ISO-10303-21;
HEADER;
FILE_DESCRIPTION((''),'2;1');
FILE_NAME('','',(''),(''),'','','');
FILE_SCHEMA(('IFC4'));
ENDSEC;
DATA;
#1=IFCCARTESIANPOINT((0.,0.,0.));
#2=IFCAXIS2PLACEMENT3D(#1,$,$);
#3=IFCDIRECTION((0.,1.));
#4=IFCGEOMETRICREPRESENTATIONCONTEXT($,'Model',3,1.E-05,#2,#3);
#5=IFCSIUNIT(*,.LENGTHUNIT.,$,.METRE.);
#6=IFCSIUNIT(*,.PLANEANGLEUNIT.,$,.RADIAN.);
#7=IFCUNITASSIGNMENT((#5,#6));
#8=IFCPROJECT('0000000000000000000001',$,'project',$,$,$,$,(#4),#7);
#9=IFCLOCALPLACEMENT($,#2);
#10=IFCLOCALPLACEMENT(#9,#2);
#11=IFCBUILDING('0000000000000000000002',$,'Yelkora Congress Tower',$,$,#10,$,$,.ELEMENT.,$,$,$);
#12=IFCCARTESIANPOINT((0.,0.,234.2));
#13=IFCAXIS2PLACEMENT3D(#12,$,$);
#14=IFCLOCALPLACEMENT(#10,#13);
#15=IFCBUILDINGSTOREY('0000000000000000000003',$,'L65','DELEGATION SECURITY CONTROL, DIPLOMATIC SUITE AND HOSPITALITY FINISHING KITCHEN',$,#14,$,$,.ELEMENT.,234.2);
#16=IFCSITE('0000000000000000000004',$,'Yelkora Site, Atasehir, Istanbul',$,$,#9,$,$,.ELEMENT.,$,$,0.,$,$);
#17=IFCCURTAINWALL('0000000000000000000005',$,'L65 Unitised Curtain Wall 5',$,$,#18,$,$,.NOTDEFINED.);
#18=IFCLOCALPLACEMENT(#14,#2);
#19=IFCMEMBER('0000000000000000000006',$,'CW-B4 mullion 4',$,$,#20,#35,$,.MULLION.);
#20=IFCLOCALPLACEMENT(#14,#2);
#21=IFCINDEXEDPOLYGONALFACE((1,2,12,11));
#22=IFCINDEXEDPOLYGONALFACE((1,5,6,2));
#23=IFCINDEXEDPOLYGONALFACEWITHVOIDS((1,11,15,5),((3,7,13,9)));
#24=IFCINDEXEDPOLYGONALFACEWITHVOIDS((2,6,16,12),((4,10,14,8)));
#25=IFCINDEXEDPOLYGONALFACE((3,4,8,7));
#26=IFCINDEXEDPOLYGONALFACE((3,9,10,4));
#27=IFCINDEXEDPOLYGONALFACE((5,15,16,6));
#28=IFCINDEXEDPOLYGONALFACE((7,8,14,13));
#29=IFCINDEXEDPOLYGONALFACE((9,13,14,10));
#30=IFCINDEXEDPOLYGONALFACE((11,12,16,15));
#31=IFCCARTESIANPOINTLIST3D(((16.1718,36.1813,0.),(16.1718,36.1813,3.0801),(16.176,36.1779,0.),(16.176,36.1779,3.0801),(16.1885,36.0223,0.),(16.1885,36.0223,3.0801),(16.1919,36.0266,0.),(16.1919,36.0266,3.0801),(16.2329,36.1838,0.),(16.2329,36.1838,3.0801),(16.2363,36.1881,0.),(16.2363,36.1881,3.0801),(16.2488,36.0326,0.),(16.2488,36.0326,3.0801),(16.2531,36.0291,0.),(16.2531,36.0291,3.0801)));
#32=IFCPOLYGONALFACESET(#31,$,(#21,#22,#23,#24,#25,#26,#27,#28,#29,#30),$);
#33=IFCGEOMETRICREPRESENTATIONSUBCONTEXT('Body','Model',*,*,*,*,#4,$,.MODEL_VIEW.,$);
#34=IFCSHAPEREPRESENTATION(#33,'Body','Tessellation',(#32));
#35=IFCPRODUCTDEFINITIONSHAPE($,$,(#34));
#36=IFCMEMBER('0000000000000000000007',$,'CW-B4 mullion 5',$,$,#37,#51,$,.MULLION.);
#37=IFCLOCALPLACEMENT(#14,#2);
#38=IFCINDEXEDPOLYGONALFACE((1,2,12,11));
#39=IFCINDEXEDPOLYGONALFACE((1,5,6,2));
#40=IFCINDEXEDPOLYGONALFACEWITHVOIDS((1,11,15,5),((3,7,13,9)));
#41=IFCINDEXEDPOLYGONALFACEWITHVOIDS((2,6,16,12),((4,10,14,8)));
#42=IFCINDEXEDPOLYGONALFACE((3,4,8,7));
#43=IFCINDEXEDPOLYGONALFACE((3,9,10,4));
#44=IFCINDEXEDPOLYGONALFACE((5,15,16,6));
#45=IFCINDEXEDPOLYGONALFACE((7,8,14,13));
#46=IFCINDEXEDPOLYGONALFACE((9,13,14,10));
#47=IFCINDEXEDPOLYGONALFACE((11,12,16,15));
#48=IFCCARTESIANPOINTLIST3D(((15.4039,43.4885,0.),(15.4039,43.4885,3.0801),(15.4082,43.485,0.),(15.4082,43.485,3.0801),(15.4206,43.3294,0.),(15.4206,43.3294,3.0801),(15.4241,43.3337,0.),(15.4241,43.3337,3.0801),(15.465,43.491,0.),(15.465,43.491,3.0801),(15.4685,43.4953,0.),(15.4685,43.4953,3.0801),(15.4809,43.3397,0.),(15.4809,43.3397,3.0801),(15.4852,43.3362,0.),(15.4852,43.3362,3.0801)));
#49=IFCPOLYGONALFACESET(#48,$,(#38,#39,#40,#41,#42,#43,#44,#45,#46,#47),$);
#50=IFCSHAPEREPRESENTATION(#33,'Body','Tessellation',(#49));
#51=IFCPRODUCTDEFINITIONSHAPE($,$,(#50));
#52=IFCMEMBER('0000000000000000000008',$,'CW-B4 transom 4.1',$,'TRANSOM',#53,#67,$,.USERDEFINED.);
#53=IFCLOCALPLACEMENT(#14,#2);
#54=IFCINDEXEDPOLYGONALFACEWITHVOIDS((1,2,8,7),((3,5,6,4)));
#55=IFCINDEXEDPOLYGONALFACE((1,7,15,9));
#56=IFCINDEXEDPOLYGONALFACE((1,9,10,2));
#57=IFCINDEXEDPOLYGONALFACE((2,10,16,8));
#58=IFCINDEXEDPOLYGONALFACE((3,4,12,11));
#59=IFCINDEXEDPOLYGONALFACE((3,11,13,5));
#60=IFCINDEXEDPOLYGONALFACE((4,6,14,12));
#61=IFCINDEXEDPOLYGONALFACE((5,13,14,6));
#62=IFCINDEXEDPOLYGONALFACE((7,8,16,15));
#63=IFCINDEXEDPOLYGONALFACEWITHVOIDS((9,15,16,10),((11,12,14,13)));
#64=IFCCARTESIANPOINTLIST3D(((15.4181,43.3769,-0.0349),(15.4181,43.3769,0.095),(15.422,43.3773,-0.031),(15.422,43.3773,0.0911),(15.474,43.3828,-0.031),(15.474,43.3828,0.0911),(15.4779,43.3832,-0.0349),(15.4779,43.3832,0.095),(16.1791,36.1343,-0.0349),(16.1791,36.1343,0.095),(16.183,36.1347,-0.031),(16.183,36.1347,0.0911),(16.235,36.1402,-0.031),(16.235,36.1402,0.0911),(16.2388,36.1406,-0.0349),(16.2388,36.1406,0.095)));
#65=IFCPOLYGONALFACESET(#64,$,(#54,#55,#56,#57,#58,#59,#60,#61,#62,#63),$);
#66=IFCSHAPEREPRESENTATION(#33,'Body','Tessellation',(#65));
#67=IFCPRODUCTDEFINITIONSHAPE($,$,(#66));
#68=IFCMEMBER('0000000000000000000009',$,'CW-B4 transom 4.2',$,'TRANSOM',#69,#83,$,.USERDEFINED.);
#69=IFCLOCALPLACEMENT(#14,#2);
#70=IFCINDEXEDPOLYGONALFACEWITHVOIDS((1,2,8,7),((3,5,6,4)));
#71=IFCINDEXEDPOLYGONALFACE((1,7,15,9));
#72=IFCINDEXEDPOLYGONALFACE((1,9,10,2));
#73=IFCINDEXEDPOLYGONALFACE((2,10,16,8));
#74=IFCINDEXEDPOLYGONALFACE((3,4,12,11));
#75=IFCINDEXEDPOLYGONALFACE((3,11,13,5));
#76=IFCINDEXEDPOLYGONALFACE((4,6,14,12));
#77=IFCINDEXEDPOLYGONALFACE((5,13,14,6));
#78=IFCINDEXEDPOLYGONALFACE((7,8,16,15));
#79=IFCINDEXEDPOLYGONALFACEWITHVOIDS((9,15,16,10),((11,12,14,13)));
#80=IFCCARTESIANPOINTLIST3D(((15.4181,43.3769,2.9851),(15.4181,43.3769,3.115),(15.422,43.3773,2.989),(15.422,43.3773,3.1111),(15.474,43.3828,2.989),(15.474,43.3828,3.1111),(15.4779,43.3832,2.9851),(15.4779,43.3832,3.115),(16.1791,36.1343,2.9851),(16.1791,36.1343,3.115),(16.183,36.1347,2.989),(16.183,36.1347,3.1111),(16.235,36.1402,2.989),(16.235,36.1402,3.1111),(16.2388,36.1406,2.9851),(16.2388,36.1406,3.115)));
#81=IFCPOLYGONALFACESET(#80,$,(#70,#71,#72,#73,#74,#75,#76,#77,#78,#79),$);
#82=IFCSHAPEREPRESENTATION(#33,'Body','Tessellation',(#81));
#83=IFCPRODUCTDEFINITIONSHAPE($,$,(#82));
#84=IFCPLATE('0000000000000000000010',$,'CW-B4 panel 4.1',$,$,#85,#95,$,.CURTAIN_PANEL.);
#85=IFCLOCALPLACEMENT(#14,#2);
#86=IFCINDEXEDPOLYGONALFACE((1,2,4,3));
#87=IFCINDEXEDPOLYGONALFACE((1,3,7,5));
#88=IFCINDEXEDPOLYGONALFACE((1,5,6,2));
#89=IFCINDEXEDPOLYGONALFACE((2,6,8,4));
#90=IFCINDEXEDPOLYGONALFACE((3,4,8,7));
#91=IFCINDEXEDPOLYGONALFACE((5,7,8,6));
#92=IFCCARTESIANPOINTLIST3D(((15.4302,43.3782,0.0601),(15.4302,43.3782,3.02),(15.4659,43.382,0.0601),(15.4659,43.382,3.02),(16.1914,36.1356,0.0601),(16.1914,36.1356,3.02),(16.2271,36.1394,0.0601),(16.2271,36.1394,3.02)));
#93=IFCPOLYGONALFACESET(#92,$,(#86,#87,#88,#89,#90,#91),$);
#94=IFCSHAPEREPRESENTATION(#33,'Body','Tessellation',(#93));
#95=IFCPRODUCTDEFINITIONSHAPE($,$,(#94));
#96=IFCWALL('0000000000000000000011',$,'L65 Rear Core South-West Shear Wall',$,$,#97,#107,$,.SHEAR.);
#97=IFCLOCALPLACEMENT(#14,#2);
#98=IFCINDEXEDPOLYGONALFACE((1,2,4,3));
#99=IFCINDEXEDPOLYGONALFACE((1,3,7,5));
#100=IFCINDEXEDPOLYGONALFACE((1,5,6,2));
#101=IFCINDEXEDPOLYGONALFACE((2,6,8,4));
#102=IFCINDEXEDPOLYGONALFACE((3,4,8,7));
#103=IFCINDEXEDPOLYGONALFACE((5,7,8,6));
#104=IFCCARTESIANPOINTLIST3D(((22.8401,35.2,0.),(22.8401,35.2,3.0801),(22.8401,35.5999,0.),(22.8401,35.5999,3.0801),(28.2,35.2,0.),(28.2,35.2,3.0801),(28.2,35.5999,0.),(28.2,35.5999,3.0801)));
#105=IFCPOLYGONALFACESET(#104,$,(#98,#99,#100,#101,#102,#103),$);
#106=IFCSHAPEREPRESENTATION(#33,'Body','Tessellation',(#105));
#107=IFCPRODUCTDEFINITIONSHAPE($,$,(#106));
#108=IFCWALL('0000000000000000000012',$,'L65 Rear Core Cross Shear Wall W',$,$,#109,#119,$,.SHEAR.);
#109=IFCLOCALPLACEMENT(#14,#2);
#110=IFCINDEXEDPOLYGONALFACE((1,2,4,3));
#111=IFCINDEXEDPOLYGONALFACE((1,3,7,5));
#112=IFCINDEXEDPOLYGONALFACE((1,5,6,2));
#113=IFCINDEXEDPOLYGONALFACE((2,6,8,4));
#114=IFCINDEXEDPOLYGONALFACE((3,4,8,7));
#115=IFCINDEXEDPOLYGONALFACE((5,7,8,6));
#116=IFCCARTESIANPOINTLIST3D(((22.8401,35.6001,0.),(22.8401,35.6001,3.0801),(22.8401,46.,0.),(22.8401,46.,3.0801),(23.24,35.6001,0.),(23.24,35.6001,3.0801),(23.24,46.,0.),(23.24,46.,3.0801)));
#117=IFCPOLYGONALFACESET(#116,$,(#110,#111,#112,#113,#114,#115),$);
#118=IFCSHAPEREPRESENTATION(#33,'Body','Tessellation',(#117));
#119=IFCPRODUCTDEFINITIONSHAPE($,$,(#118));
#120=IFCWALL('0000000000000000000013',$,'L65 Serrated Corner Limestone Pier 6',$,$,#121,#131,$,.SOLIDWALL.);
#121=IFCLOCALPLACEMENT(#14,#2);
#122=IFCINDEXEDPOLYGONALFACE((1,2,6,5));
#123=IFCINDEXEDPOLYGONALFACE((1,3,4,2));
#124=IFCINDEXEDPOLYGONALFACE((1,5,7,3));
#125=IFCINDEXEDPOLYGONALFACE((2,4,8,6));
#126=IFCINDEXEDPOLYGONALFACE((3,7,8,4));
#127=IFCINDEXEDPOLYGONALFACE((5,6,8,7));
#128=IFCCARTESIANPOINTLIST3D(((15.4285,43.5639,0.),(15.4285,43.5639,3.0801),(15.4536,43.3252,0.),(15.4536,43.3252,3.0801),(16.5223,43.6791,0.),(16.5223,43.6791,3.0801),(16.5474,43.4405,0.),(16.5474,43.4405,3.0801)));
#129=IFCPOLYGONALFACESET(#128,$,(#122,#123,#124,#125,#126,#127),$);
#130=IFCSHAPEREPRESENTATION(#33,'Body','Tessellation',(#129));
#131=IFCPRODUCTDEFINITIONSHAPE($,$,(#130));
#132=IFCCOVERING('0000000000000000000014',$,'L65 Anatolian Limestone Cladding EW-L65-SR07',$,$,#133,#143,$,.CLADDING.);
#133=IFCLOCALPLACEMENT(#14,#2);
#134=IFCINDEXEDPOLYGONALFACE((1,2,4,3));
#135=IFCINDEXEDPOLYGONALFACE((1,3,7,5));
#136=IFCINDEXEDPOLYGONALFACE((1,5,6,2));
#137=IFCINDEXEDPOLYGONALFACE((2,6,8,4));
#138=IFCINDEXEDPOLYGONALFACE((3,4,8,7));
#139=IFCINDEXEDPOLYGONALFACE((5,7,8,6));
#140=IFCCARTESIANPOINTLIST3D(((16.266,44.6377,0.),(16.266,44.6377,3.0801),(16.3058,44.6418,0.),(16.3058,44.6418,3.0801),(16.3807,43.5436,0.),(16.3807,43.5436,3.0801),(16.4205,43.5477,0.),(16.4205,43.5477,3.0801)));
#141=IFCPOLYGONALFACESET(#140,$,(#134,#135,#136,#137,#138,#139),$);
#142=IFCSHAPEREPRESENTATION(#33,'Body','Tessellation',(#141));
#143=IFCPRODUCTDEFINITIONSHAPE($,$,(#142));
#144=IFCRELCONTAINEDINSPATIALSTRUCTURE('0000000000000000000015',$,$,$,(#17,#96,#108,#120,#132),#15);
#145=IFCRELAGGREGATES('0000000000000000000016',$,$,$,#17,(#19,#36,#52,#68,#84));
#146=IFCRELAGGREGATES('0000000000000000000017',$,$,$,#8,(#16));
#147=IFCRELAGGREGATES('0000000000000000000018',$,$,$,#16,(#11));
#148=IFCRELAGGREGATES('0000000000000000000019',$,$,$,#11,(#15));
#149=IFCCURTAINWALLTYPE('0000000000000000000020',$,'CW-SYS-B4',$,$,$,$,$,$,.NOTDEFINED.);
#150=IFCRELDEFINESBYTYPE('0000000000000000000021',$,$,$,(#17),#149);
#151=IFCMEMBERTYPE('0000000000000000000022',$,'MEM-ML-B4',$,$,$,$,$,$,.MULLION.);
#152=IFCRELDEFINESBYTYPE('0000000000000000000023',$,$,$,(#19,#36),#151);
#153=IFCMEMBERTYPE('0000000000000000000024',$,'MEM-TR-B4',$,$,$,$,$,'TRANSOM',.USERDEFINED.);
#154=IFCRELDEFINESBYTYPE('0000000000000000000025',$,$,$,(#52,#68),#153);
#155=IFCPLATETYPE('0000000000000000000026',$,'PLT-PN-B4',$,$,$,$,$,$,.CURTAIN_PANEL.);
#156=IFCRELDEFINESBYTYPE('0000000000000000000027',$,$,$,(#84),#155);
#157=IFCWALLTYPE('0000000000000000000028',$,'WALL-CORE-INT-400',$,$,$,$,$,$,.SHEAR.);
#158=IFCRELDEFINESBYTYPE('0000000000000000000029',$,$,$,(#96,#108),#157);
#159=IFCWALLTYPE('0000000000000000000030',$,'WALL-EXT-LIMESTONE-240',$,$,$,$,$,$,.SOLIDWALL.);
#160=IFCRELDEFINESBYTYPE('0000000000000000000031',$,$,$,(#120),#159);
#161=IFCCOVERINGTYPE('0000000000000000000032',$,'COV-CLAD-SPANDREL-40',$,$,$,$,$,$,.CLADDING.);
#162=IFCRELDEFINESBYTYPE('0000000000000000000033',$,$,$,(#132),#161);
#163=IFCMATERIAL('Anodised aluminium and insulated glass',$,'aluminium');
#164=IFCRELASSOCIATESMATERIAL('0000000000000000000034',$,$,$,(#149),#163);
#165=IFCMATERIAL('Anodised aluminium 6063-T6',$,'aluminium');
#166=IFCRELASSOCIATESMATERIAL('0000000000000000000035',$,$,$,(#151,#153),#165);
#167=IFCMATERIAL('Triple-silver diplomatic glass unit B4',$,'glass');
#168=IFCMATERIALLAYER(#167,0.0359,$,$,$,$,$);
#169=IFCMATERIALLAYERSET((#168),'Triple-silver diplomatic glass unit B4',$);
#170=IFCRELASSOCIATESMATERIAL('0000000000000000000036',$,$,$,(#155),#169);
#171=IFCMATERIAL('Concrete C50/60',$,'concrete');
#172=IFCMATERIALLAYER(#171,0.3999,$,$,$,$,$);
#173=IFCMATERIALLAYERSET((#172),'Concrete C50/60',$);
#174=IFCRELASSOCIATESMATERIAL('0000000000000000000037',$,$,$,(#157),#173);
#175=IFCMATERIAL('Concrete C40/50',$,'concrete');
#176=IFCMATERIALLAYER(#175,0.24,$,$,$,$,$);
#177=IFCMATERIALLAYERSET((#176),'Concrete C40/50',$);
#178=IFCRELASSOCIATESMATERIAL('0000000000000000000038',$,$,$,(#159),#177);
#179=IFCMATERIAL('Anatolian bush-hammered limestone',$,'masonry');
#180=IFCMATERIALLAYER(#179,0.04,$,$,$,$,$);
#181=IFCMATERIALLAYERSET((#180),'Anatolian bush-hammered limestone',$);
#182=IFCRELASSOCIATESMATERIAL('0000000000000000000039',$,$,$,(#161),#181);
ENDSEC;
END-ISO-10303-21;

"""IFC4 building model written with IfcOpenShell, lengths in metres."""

from ifc_helpers import new_model, si_unit, direction, frame, frame_2d, origin, origin_2d, place, context, subcontext, project, spatial, rectangle, hollow_rectangle, extrude, material, layer, layer_set, material_profile, profile_set, type_object, element, aggregate, save


model = new_model("IFC4")

# Units and contexts
model_context = context("Model", 3, precision=1e-05, world=origin(), true_north=direction((0.0, 1.0)))
body_context = subcontext(model_context, "Body", "Model", "MODEL_VIEW")
ifc_project = project(units=[si_unit("LENGTHUNIT", "METRE"), si_unit("PLANEANGLEUNIT", "RADIAN")], contexts=[model_context])

# Site, building, storey
site_placement = place(None, origin())
site = spatial("IfcSite", under=ifc_project, at=site_placement, Name="Yelkora Site, Atasehir, Istanbul", CompositionType="ELEMENT", RefElevation=0.0)
building_placement = place(site_placement, origin())
building = spatial("IfcBuilding", under=site, at=building_placement, Name="Yelkora Congress Tower", CompositionType="ELEMENT")
storey_placement = place(building_placement, frame((0.0, 0.0, 234.2)))
storey = spatial("IfcBuildingStorey", under=building, at=storey_placement, Name="L65", Description="DELEGATION SECURITY CONTROL, DIPLOMATIC SUITE AND HOSPITALITY FINISHING KITCHEN", CompositionType="ELEMENT", Elevation=234.2)

# Curtain wall, members, plate
ifc_material_1 = material(Name="Anodised aluminium and insulated glass", Category="aluminium")
curtain_wall_type = type_object("IfcCurtainWallType", Name="CW-SYS-B4", PredefinedType="NOTDEFINED", material=ifc_material_1)
curtain_wall_placement = place(storey_placement, origin())
curtain_wall = element("IfcCurtainWall", 1, at=curtain_wall_placement, inside=storey, type_object=curtain_wall_type, Name="L65 Unitised Curtain Wall 5", PredefinedType="NOTDEFINED")
ifc_material_2 = material(Name="Anodised aluminium 6063-T6", Category="aluminium")
ifc_material_profile_1 = material_profile(ifc_material_2, hollow_rectangle(XDim=0.0649, YDim=0.1599, WallThickness=0.0039, at=origin_2d()), Name="ALU 65x160x4")
ifc_profile_set_1 = profile_set([ifc_material_profile_1], Name="Anodised aluminium 6063-T6")
member_type_1 = type_object("IfcMemberType", Name="MEM-ML-B4", PredefinedType="MULLION", material=ifc_profile_set_1)
member_1_placement = place(storey_placement, frame((16.2124, 36.1052, 0.0), z_axis=(0.0, 0.0, 1.0), x_axis=(-0.994522, -0.104526, 0.0)))
member_1 = element("IfcMember", 2, at=member_1_placement, type_object=member_type_1, Name="CW-B4 mullion 4", PredefinedType="MULLION", context=body_context, shape_type="SweptSolid", body=[
    extrude(hollow_rectangle(XDim=0.0649, YDim=0.1599, WallThickness=0.0039, at=origin_2d()), origin(), (0.0, 0.0, 1.0), 3.0801),
])
member_2_placement = place(storey_placement, frame((15.4446, 43.4124, 0.0), z_axis=(0.0, 0.0, 1.0), x_axis=(-0.994522, -0.104526, 0.0)))
member_2 = element("IfcMember", 3, at=member_2_placement, type_object=member_type_1, Name="CW-B4 mullion 5", PredefinedType="MULLION", context=body_context, shape_type="SweptSolid", body=[
    extrude(hollow_rectangle(XDim=0.0649, YDim=0.1599, WallThickness=0.0039, at=origin_2d()), origin(), (0.0, 0.0, 1.0), 3.0801),
])
ifc_material_profile_2 = material_profile(ifc_material_2, hollow_rectangle(XDim=0.0601, YDim=0.1299, WallThickness=0.0039, at=origin_2d()), Name="ALU 60x130x4")
ifc_profile_set_2 = profile_set([ifc_material_profile_2], Name="Anodised aluminium 6063-T6")
member_type_2 = type_object("IfcMemberType", Name="MEM-TR-B4", ElementType="TRANSOM", PredefinedType="USERDEFINED", material=ifc_profile_set_2)
member_3_placement = place(storey_placement, frame((16.209, 36.1375, 0.03), z_axis=(-0.104495, 0.994525, 0.0), x_axis=(-0.994525, -0.104495, 0.0)))
member_3 = element("IfcMember", 4, at=member_3_placement, type_object=member_type_2, Name="CW-B4 transom 4.1", ObjectType="TRANSOM", PredefinedType="USERDEFINED", context=body_context, shape_type="SweptSolid", body=[
    extrude(hollow_rectangle(XDim=0.0601, YDim=0.1299, WallThickness=0.0039, at=origin_2d()), origin(), (0.0, 0.0, 1.0), 7.2825),
])
member_4_placement = place(storey_placement, frame((16.209, 36.1375, 3.05), z_axis=(-0.104495, 0.994525, 0.0), x_axis=(-0.994525, -0.104495, 0.0)))
member_4 = element("IfcMember", 5, at=member_4_placement, type_object=member_type_2, Name="CW-B4 transom 4.2", ObjectType="TRANSOM", PredefinedType="USERDEFINED", context=body_context, shape_type="SweptSolid", body=[
    extrude(hollow_rectangle(XDim=0.0601, YDim=0.1299, WallThickness=0.0039, at=origin_2d()), origin(), (0.0, 0.0, 1.0), 7.2825),
])
ifc_material_3 = material(Name="Triple-silver diplomatic glass unit B4", Category="glass")
ifc_layer_1 = layer(ifc_material_3, 0.0359)
ifc_layer_set_1 = layer_set([ifc_layer_1], Name="Triple-silver diplomatic glass unit B4")
plate_type = type_object("IfcPlateType", Name="PLT-PN-B4", PredefinedType="CURTAIN_PANEL", material=ifc_layer_set_1)
plate_placement = place(storey_placement, frame((15.8286, 39.7588, 0.0601), z_axis=(0.0, 0.0, 1.0), x_axis=(-0.104526, 0.994522, 0.0)))
plate = element("IfcPlate", 6, at=plate_placement, type_object=plate_type, Name="CW-B4 panel 4.1", PredefinedType="CURTAIN_PANEL", context=body_context, shape_type="SweptSolid", body=[
    extrude(rectangle(XDim=7.2825, YDim=0.0359, at=origin_2d()), origin(), (0.0, 0.0, 1.0), 2.96),
])
aggregate(curtain_wall, [member_1, member_2, member_3, member_4, plate])

# Walls
ifc_material_4 = material(Name="Concrete C50/60", Category="concrete")
ifc_layer_2 = layer(ifc_material_4, 0.3999)
ifc_layer_set_2 = layer_set([ifc_layer_2], Name="Concrete C50/60")
wall_type_1 = type_object("IfcWallType", Name="WALL-CORE-INT-400", PredefinedType="SHEAR", material=ifc_layer_set_2)
wall_1_placement = place(storey_placement, frame((22.8401, 35.3999, 0.0), z_axis=(0.0, 0.0, 1.0), x_axis=(1.0, 0.0, 0.0)))
element("IfcWall", 7, at=wall_1_placement, inside=storey, type_object=wall_type_1, Name="L65 Rear Core South-West Shear Wall", PredefinedType="SHEAR", context=body_context, shape_type="SweptSolid", body=[
    extrude(rectangle(XDim=5.3599, YDim=0.3999, at=frame_2d((2.6799, 0.0))), origin(), (0.0, 0.0, 1.0), 3.0801),
])
wall_2_placement = place(storey_placement, frame((23.04, 35.6001, 0.0), z_axis=(0.0, 0.0, 1.0), x_axis=(0.0, 1.0, 0.0)))
element("IfcWall", 8, at=wall_2_placement, inside=storey, type_object=wall_type_1, Name="L65 Rear Core Cross Shear Wall W", PredefinedType="SHEAR", context=body_context, shape_type="SweptSolid", body=[
    extrude(rectangle(XDim=10.3999, YDim=0.3999, at=frame_2d((5.2, 0.0))), origin(), (0.0, 0.0, 1.0), 3.0801),
])
ifc_material_5 = material(Name="Concrete C40/50", Category="concrete")
ifc_layer_3 = layer(ifc_material_5, 0.24)
ifc_layer_set_3 = layer_set([ifc_layer_3], Name="Concrete C40/50")
wall_type_2 = type_object("IfcWallType", Name="WALL-EXT-LIMESTONE-240", PredefinedType="SOLIDWALL", material=ifc_layer_set_3)
wall_3_placement = place(storey_placement, frame((15.4412, 43.4446, 0.0), z_axis=(0.0, 0.0, 1.0), x_axis=(0.994496, 0.104777, 0.0)))
element("IfcWall", 9, at=wall_3_placement, inside=storey, type_object=wall_type_2, Name="L65 Serrated Corner Limestone Pier 6", PredefinedType="SOLIDWALL", context=body_context, shape_type="SweptSolid", body=[
    extrude(rectangle(XDim=1.0999, YDim=0.24, at=frame_2d((0.5498, 0.0))), origin(), (0.0, 0.0, 1.0), 3.0801),
])

# Covering
ifc_material_6 = material(Name="Anatolian bush-hammered limestone", Category="masonry")
ifc_layer_4 = layer(ifc_material_6, 0.04)
ifc_layer_set_4 = layer_set([ifc_layer_4], Name="Anatolian bush-hammered limestone")
covering_type = type_object("IfcCoveringType", Name="COV-CLAD-SPANDREL-40", PredefinedType="CLADDING", material=ifc_layer_set_4)
covering_placement = place(storey_placement, frame((16.4006, 43.5457, 0.0), z_axis=(0.0, 0.0, 1.0), x_axis=(-0.104315, 0.994544, 0.0)))
element("IfcCovering", 10, at=covering_placement, inside=storey, type_object=covering_type, Name="L65 Anatolian Limestone Cladding EW-L65-SR07", PredefinedType="CLADDING", context=body_context, shape_type="SweptSolid", body=[
    extrude(rectangle(XDim=1.1001, YDim=0.04, at=frame_2d((0.55, 0.0))), origin(), (0.0, 0.0, 1.0), 3.0801),
])

save(model, "model.ifc")
